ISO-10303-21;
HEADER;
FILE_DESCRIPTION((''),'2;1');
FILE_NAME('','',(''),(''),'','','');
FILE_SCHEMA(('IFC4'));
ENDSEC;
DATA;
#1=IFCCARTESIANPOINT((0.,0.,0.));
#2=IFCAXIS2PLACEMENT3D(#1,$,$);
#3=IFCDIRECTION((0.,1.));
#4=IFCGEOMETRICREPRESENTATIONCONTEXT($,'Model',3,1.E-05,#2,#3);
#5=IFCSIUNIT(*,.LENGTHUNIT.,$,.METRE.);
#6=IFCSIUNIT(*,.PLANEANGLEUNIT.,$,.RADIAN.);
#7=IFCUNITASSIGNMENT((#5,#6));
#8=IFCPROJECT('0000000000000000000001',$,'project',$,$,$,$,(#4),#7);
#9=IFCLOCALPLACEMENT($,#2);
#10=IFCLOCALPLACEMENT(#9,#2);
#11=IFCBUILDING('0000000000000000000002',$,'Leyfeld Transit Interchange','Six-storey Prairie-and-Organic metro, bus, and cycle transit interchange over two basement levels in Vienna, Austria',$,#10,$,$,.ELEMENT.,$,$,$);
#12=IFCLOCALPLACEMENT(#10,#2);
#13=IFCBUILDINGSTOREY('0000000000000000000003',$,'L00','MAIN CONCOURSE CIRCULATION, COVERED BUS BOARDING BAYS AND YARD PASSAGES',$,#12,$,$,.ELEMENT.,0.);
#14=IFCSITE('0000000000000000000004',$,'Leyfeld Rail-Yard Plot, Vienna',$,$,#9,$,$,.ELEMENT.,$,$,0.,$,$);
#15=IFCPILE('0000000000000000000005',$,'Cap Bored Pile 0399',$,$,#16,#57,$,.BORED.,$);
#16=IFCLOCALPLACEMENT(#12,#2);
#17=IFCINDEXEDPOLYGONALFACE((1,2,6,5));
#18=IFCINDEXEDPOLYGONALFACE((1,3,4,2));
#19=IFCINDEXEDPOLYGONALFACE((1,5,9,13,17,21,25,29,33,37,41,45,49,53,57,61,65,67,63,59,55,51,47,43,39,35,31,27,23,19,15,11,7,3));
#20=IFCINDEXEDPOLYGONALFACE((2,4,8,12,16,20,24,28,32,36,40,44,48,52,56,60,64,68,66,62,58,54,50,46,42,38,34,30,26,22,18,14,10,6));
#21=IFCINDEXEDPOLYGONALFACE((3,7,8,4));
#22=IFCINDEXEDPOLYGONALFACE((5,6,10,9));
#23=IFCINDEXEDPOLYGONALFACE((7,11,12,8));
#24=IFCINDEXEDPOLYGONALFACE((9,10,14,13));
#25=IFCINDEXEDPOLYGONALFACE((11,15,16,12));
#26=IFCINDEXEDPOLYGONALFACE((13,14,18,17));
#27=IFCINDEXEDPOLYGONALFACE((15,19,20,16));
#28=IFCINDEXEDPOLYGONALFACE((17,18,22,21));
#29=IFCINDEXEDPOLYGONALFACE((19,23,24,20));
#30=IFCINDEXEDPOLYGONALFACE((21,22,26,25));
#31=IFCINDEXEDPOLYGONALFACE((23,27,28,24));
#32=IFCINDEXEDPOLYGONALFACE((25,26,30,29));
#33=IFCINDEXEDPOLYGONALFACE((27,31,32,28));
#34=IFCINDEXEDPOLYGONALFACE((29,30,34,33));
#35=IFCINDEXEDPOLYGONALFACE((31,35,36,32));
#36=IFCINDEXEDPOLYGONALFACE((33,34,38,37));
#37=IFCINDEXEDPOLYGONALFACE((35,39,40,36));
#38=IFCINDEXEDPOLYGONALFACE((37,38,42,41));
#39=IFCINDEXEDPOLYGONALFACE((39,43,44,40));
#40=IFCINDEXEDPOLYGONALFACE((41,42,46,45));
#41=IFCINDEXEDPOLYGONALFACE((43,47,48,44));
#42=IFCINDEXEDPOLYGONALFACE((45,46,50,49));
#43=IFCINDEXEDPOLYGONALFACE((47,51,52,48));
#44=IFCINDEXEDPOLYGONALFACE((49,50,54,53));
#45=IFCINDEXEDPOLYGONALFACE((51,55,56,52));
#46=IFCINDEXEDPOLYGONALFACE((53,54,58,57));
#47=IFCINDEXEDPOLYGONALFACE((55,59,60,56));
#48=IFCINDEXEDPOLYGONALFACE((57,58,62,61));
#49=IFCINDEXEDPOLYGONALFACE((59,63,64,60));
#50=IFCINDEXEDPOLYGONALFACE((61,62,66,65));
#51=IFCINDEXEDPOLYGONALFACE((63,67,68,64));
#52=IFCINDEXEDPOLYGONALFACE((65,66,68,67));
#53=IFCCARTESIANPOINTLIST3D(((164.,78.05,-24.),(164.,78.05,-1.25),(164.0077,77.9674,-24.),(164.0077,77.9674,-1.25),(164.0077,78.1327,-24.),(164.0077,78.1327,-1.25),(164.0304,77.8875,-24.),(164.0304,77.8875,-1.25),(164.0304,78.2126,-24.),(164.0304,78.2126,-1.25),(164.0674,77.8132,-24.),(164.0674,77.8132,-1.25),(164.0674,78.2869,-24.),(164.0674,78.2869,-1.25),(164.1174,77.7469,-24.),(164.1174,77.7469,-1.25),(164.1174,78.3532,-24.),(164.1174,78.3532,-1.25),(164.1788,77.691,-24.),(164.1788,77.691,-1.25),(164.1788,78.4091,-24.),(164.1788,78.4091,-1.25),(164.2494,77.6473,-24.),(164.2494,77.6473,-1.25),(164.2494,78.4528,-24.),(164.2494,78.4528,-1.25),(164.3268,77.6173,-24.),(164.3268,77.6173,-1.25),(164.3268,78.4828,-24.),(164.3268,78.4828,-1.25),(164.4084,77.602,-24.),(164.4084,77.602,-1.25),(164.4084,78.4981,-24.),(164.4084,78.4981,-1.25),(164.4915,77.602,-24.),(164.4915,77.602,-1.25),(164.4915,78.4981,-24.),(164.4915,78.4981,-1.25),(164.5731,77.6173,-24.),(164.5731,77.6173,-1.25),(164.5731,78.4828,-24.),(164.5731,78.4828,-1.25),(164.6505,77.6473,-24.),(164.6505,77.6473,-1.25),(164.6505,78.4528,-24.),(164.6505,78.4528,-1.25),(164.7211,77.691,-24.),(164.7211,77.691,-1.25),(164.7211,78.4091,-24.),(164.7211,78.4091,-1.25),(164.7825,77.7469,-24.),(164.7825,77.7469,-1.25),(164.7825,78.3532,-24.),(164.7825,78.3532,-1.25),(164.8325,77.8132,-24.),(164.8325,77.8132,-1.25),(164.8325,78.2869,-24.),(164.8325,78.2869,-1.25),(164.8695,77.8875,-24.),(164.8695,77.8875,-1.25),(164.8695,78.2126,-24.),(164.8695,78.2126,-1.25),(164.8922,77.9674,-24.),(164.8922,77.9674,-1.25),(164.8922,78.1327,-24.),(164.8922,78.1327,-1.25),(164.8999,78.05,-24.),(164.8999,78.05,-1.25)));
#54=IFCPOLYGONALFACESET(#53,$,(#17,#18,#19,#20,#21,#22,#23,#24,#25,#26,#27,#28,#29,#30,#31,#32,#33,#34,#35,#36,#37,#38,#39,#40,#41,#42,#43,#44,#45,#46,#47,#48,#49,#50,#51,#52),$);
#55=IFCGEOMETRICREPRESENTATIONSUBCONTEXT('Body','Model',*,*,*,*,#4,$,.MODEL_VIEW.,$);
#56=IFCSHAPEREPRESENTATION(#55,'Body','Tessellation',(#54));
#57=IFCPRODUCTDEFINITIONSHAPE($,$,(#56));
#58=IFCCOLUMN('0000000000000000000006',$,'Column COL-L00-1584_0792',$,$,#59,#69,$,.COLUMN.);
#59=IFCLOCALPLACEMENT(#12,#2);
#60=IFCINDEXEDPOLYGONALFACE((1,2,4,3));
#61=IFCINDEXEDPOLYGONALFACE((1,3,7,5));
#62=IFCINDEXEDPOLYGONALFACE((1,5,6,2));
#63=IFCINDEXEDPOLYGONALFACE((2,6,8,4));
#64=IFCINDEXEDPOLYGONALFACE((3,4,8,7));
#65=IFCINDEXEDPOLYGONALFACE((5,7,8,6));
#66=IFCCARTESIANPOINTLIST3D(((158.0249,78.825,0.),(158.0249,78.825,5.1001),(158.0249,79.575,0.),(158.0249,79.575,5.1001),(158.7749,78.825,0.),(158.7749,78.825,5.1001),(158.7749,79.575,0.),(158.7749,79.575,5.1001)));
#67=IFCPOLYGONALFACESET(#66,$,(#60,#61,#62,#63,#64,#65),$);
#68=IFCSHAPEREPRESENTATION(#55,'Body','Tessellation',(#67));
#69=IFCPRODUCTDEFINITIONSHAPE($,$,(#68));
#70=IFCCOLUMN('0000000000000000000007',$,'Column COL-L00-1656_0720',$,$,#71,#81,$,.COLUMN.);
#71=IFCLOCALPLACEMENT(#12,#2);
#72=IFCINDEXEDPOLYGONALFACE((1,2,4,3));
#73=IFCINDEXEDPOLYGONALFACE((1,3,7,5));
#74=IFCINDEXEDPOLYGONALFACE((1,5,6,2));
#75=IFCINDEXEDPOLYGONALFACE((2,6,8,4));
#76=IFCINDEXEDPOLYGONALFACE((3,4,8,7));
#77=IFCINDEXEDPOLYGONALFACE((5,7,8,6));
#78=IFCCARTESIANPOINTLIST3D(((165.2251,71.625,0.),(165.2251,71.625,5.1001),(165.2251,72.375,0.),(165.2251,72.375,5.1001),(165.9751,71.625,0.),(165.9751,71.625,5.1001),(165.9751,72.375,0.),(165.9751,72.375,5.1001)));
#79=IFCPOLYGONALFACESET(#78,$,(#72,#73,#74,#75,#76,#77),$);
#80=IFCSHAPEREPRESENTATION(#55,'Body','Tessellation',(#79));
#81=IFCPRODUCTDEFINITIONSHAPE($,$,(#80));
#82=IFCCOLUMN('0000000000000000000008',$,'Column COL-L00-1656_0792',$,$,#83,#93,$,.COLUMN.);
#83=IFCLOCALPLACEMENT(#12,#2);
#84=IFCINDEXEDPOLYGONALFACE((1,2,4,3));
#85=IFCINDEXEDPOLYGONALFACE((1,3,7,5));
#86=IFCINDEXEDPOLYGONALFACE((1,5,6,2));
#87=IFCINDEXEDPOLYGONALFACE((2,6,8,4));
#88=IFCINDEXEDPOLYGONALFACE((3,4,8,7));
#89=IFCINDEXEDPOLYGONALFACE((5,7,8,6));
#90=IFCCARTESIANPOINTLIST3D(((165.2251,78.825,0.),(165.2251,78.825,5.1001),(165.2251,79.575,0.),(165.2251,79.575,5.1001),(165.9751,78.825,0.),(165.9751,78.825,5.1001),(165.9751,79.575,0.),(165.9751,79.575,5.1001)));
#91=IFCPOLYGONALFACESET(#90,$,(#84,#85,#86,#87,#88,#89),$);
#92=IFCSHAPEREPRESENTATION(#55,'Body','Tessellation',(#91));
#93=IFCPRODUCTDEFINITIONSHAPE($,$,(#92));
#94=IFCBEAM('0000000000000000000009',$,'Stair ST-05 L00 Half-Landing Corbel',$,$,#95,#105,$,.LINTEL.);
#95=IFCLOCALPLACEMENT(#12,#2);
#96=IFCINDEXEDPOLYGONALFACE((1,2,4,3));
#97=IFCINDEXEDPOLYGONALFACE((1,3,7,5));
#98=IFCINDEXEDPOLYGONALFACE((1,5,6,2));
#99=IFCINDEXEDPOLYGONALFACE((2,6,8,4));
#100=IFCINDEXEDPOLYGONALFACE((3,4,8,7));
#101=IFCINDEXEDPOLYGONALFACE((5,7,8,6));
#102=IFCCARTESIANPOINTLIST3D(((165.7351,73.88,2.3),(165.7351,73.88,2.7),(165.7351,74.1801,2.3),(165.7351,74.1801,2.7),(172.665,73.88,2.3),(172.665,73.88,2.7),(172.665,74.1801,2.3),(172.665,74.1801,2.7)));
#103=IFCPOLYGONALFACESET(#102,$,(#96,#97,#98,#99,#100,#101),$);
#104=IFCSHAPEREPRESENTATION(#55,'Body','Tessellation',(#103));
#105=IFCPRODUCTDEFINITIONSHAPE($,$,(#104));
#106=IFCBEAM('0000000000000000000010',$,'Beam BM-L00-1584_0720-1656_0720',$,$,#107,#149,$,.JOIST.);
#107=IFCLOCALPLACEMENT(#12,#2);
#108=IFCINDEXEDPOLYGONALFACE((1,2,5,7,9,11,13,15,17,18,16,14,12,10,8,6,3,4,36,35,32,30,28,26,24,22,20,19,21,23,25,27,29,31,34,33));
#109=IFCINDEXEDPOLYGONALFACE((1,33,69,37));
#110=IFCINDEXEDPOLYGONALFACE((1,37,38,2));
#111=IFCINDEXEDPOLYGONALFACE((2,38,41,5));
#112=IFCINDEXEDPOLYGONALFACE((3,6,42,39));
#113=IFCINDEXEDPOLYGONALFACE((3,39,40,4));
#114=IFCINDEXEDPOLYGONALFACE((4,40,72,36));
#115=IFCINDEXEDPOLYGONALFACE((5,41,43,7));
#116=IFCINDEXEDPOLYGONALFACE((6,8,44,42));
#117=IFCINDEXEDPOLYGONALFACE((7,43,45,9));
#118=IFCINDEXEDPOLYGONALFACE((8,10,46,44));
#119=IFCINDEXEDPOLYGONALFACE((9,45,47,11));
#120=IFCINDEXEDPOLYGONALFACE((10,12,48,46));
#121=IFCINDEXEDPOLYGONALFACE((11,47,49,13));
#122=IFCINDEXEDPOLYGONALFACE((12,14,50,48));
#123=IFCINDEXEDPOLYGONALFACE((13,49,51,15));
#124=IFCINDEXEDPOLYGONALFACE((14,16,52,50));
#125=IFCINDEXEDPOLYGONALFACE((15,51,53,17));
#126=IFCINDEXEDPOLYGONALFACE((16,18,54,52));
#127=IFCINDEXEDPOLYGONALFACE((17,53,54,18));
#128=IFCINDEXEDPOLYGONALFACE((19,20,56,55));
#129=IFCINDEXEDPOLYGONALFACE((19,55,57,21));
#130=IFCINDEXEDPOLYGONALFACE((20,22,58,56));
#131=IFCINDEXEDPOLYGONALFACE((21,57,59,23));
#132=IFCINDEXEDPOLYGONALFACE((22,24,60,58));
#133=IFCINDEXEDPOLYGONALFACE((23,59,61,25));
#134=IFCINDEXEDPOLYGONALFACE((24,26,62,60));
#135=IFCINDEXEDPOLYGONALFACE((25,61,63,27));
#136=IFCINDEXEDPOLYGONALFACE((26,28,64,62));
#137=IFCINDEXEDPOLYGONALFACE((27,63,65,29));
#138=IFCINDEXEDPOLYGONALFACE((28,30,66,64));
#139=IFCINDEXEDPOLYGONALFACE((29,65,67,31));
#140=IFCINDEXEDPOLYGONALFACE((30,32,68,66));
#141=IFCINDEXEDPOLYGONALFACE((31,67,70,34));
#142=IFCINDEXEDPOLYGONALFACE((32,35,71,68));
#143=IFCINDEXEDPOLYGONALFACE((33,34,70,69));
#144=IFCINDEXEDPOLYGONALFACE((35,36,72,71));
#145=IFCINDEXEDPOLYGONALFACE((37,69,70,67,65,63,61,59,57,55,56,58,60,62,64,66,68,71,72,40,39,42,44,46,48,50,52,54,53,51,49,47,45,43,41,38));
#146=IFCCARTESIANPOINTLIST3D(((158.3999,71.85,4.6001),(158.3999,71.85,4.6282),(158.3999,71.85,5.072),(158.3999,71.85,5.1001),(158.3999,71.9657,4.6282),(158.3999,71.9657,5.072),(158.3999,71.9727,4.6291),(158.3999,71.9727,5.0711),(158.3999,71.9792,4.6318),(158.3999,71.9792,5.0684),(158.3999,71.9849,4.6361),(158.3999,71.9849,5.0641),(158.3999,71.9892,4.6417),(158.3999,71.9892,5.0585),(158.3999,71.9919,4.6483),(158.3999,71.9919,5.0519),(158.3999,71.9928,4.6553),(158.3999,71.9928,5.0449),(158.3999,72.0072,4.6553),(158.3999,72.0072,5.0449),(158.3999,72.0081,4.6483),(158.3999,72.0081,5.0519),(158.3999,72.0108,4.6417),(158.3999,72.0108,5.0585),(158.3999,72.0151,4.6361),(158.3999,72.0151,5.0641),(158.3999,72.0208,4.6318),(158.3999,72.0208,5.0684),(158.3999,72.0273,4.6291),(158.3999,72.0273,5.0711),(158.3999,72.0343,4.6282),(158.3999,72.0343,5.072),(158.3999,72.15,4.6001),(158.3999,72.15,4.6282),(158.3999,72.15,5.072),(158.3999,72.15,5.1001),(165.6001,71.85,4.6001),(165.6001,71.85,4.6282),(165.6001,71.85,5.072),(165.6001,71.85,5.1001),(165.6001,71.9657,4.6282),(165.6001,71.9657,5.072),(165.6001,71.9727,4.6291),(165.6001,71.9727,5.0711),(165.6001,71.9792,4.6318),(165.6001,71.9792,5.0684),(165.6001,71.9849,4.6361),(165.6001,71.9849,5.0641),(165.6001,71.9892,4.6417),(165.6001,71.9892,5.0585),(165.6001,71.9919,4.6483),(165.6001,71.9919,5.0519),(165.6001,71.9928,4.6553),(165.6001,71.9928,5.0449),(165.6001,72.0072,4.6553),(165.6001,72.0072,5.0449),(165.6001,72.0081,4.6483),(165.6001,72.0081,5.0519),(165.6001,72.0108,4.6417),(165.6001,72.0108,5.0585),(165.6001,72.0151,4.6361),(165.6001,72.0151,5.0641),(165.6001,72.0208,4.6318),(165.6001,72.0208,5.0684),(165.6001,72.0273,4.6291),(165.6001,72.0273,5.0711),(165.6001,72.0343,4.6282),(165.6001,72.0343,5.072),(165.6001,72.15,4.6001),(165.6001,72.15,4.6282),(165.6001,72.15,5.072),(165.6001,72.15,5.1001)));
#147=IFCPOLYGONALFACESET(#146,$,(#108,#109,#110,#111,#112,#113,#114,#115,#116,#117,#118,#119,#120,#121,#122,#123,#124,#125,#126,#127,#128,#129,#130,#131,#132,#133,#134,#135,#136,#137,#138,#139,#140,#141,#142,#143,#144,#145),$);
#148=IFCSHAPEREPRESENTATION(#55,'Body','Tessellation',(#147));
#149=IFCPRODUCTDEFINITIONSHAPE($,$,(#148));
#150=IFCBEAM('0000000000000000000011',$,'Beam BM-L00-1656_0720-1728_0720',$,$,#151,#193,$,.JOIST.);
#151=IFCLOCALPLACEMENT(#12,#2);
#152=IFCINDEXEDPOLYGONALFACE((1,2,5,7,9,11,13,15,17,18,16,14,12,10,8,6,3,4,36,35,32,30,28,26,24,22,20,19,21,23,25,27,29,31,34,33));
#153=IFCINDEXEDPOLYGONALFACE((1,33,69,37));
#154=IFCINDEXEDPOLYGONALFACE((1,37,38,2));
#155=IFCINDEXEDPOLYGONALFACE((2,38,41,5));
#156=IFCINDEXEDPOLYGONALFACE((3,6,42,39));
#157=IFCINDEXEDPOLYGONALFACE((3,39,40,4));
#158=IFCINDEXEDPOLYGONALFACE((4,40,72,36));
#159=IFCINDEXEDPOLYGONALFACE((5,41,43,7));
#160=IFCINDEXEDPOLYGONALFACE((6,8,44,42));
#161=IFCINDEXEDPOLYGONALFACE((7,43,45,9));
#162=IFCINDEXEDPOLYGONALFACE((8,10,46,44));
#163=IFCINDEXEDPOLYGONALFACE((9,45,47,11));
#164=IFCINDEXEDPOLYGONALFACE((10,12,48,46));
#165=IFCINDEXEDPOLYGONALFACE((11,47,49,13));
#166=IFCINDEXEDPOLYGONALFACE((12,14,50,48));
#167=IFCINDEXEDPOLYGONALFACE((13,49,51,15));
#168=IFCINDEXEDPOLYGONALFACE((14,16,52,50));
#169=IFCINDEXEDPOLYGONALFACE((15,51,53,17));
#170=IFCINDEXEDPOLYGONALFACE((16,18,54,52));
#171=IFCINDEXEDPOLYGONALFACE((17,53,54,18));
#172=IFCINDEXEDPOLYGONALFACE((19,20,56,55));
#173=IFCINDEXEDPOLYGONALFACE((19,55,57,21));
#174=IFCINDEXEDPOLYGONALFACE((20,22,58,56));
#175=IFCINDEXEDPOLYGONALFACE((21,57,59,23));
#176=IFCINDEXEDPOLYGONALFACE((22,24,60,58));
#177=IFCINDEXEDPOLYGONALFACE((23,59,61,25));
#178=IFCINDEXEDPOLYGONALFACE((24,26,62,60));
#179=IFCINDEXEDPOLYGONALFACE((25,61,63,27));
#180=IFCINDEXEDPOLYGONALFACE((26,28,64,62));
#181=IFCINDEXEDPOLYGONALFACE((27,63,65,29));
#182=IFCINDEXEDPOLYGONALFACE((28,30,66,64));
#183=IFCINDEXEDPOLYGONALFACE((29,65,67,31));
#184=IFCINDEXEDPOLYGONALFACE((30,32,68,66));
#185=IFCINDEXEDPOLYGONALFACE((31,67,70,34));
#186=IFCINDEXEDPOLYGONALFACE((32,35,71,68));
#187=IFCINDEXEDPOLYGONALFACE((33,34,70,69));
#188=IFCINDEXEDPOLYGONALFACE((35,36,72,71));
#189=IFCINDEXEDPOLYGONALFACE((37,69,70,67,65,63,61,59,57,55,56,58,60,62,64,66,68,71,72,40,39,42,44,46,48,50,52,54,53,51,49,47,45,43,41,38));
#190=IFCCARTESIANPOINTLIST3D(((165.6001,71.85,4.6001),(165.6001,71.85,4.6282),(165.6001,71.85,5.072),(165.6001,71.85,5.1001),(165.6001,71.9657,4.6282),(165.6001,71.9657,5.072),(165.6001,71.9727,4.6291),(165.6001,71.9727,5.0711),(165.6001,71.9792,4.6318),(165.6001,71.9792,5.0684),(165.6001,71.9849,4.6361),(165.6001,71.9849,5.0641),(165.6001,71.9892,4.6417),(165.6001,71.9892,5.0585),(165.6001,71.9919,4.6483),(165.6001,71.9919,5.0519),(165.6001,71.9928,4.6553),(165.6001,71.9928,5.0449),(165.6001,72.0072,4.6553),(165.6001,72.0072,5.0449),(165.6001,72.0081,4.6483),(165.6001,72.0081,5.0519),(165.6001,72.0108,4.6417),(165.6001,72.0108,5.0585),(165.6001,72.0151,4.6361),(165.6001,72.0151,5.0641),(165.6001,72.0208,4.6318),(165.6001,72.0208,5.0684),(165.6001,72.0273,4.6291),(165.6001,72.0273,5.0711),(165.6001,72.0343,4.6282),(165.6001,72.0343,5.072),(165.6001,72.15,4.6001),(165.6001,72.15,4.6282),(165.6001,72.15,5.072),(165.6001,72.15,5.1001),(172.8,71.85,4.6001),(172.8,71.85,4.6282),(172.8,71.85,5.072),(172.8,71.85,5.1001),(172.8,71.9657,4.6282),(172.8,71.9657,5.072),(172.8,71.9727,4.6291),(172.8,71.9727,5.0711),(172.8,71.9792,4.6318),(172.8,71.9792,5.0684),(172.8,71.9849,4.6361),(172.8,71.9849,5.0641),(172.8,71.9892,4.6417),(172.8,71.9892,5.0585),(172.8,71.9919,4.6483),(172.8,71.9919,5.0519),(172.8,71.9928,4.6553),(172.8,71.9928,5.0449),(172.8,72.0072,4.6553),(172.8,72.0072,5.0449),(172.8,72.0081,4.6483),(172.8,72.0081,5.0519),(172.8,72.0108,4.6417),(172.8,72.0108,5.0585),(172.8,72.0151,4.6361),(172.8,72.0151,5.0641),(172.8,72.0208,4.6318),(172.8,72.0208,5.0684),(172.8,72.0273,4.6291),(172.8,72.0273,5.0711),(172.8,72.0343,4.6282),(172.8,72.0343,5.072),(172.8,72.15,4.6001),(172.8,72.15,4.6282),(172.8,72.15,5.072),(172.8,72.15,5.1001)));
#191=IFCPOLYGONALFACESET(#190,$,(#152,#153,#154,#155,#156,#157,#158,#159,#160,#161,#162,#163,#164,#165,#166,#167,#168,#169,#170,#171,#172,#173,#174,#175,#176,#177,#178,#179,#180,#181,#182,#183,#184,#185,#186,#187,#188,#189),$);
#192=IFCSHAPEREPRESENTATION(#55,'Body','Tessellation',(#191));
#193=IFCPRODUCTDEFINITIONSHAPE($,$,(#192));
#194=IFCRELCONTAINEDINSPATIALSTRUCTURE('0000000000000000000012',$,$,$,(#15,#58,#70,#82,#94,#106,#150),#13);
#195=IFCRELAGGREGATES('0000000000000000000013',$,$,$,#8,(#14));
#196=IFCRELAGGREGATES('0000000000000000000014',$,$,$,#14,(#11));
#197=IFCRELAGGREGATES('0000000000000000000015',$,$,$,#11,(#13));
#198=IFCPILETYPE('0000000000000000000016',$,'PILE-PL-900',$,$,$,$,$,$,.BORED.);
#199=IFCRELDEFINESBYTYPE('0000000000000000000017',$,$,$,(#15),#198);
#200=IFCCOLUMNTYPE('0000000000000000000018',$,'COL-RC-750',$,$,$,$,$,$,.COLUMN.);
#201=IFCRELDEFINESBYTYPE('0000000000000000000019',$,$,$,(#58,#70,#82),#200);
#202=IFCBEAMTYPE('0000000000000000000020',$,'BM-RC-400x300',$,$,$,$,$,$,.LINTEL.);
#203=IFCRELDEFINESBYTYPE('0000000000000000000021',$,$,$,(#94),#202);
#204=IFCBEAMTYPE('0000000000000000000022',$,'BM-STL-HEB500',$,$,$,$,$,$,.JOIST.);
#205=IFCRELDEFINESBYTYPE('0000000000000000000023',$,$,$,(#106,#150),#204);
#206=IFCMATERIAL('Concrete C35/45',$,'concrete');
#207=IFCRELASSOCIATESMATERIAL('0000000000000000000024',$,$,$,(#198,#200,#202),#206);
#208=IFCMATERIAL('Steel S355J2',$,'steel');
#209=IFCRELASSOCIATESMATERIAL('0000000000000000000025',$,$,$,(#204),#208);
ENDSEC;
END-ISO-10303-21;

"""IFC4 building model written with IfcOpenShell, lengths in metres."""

from ifc_helpers import new_model, si_unit, direction, frame, origin, origin_2d, place, context, subcontext, project, spatial, rectangle, circle, i_section, extrude, material, material_profile, profile_set, type_object, element, save


model = new_model("IFC4")

# Units and contexts
model_context = context("Model", 3, precision=1e-05, world=origin(), true_north=direction((0.0, 1.0)))
body_context = subcontext(model_context, "Body", "Model", "MODEL_VIEW")
ifc_project = project(units=[si_unit("LENGTHUNIT", "METRE"), si_unit("PLANEANGLEUNIT", "RADIAN")], contexts=[model_context])

# Site, building, storey
site_placement = place(None, origin())
site = spatial("IfcSite", under=ifc_project, at=site_placement, Name="Leyfeld Rail-Yard Plot, Vienna", CompositionType="ELEMENT", RefElevation=0.0)
building_placement = place(site_placement, origin())
building = spatial("IfcBuilding", under=site, at=building_placement, Name="Leyfeld Transit Interchange", Description="Six-storey Prairie-and-Organic metro, bus, and cycle transit interchange over two basement levels in Vienna, Austria", CompositionType="ELEMENT")
storey_placement = place(building_placement, origin())
storey = spatial("IfcBuildingStorey", under=building, at=storey_placement, Name="L00", Description="MAIN CONCOURSE CIRCULATION, COVERED BUS BOARDING BAYS AND YARD PASSAGES", CompositionType="ELEMENT", Elevation=0.0)

# Shared definitions
ifc_material_1 = material(Name="Concrete C35/45", Category="concrete")

# Pile
ifc_material_profile_1 = material_profile(ifc_material_1, circle(Radius=0.45, at=origin_2d()), Name="PILE D900")
ifc_profile_set_1 = profile_set([ifc_material_profile_1], Name="Concrete C35/45")
pile_type = type_object("IfcPileType", Name="PILE-PL-900", PredefinedType="BORED", material=ifc_profile_set_1)
for number, where, z_axis, x_axis, name in (
    (1, (164.45, 78.05, -1.25), (0.0, 0.0, -1.0), (1.0, 0.0, 0.0), "Cap Bored Pile 0399"),
):
    element("IfcPile", number, at=place(storey_placement, frame(where, z_axis=z_axis, x_axis=x_axis)), inside=storey, type_object=pile_type, Name=name, PredefinedType="BORED", context=body_context, shape_type="SweptSolid", body=[
        extrude(circle(Radius=0.45, at=origin_2d()), origin(), (0.0, 0.0, 1.0), 22.75),
    ])

# Columns
ifc_material_profile_2 = material_profile(ifc_material_1, rectangle(XDim=0.75, YDim=0.75, at=origin_2d()), Name="RC 750x750")
ifc_profile_set_2 = profile_set([ifc_material_profile_2], Name="Concrete C35/45")
column_type = type_object("IfcColumnType", Name="COL-RC-750", PredefinedType="COLUMN", material=ifc_profile_set_2)
for number, where, z_axis, x_axis, name in (
    (2, (158.3999, 79.2, 0.0), (0.0, 0.0, 1.0), (1.0, 0.0, 0.0), "Column COL-L00-1584_0792"),
    (3, (165.6001, 72.0, 0.0), (0.0, 0.0, 1.0), (1.0, 0.0, 0.0), "Column COL-L00-1656_0720"),
    (4, (165.6001, 79.2, 0.0), (0.0, 0.0, 1.0), (1.0, 0.0, 0.0), "Column COL-L00-1656_0792"),
):
    element("IfcColumn", number, at=place(storey_placement, frame(where, z_axis=z_axis, x_axis=x_axis)), inside=storey, type_object=column_type, Name=name, PredefinedType="COLUMN", context=body_context, shape_type="SweptSolid", body=[
        extrude(rectangle(XDim=0.75, YDim=0.75, at=origin_2d()), origin(), (0.0, 0.0, 1.0), 5.1001),
    ])

# Beams
ifc_material_profile_3 = material_profile(ifc_material_1, rectangle(XDim=0.3, YDim=0.3999, at=origin_2d()), Name="RC 400x300")
ifc_profile_set_3 = profile_set([ifc_material_profile_3], Name="Concrete C35/45")
beam_type_1 = type_object("IfcBeamType", Name="BM-RC-400x300", PredefinedType="LINTEL", material=ifc_profile_set_3)
beam_1_placement = place(storey_placement, frame((165.7351, 74.03, 2.5), z_axis=(1.0, 0.0, 0.0), x_axis=(0.0, 1.0, 0.0)))
element("IfcBeam", 5, at=beam_1_placement, inside=storey, type_object=beam_type_1, Name="Stair ST-05 L00 Half-Landing Corbel", PredefinedType="LINTEL", context=body_context, shape_type="SweptSolid", body=[
    extrude(rectangle(XDim=0.3, YDim=0.3999, at=origin_2d()), origin(), (0.0, 0.0, 1.0), 6.9299),
])
ifc_material_2 = material(Name="Steel S355J2", Category="steel")
ifc_material_profile_4 = material_profile(ifc_material_2, i_section(OverallWidth=0.3, OverallDepth=0.5, WebThickness=0.0144, FlangeThickness=0.0281, FilletRadius=0.0271, at=origin_2d()), Name="HEB 500")
ifc_profile_set_4 = profile_set([ifc_material_profile_4], Name="Steel S355J2")
beam_type_2 = type_object("IfcBeamType", Name="BM-STL-HEB500", PredefinedType="JOIST", material=ifc_profile_set_4)
beam_2_placement = place(storey_placement, frame((158.3999, 72.0, 4.8501), z_axis=(1.0, 0.0, 0.0), x_axis=(0.0, 1.0, 0.0)))
element("IfcBeam", 6, at=beam_2_placement, inside=storey, type_object=beam_type_2, Name="Beam BM-L00-1584_0720-1656_0720", PredefinedType="JOIST", context=body_context, shape_type="SweptSolid", body=[
    extrude(i_section(OverallWidth=0.3, OverallDepth=0.5, WebThickness=0.0144, FlangeThickness=0.0281, FilletRadius=0.0271, at=origin_2d()), origin(), (0.0, 0.0, 1.0), 7.2002),
])
beam_3_placement = place(storey_placement, frame((165.6001, 72.0, 4.8501), z_axis=(1.0, 0.0, 0.0), x_axis=(0.0, 1.0, 0.0)))
element("IfcBeam", 7, at=beam_3_placement, inside=storey, type_object=beam_type_2, Name="Beam BM-L00-1656_0720-1728_0720", PredefinedType="JOIST", context=body_context, shape_type="SweptSolid", body=[
    extrude(i_section(OverallWidth=0.3, OverallDepth=0.5, WebThickness=0.0144, FlangeThickness=0.0281, FilletRadius=0.0271, at=origin_2d()), origin(), (0.0, 0.0, 1.0), 7.2),
])

save(model, "model.ifc")
